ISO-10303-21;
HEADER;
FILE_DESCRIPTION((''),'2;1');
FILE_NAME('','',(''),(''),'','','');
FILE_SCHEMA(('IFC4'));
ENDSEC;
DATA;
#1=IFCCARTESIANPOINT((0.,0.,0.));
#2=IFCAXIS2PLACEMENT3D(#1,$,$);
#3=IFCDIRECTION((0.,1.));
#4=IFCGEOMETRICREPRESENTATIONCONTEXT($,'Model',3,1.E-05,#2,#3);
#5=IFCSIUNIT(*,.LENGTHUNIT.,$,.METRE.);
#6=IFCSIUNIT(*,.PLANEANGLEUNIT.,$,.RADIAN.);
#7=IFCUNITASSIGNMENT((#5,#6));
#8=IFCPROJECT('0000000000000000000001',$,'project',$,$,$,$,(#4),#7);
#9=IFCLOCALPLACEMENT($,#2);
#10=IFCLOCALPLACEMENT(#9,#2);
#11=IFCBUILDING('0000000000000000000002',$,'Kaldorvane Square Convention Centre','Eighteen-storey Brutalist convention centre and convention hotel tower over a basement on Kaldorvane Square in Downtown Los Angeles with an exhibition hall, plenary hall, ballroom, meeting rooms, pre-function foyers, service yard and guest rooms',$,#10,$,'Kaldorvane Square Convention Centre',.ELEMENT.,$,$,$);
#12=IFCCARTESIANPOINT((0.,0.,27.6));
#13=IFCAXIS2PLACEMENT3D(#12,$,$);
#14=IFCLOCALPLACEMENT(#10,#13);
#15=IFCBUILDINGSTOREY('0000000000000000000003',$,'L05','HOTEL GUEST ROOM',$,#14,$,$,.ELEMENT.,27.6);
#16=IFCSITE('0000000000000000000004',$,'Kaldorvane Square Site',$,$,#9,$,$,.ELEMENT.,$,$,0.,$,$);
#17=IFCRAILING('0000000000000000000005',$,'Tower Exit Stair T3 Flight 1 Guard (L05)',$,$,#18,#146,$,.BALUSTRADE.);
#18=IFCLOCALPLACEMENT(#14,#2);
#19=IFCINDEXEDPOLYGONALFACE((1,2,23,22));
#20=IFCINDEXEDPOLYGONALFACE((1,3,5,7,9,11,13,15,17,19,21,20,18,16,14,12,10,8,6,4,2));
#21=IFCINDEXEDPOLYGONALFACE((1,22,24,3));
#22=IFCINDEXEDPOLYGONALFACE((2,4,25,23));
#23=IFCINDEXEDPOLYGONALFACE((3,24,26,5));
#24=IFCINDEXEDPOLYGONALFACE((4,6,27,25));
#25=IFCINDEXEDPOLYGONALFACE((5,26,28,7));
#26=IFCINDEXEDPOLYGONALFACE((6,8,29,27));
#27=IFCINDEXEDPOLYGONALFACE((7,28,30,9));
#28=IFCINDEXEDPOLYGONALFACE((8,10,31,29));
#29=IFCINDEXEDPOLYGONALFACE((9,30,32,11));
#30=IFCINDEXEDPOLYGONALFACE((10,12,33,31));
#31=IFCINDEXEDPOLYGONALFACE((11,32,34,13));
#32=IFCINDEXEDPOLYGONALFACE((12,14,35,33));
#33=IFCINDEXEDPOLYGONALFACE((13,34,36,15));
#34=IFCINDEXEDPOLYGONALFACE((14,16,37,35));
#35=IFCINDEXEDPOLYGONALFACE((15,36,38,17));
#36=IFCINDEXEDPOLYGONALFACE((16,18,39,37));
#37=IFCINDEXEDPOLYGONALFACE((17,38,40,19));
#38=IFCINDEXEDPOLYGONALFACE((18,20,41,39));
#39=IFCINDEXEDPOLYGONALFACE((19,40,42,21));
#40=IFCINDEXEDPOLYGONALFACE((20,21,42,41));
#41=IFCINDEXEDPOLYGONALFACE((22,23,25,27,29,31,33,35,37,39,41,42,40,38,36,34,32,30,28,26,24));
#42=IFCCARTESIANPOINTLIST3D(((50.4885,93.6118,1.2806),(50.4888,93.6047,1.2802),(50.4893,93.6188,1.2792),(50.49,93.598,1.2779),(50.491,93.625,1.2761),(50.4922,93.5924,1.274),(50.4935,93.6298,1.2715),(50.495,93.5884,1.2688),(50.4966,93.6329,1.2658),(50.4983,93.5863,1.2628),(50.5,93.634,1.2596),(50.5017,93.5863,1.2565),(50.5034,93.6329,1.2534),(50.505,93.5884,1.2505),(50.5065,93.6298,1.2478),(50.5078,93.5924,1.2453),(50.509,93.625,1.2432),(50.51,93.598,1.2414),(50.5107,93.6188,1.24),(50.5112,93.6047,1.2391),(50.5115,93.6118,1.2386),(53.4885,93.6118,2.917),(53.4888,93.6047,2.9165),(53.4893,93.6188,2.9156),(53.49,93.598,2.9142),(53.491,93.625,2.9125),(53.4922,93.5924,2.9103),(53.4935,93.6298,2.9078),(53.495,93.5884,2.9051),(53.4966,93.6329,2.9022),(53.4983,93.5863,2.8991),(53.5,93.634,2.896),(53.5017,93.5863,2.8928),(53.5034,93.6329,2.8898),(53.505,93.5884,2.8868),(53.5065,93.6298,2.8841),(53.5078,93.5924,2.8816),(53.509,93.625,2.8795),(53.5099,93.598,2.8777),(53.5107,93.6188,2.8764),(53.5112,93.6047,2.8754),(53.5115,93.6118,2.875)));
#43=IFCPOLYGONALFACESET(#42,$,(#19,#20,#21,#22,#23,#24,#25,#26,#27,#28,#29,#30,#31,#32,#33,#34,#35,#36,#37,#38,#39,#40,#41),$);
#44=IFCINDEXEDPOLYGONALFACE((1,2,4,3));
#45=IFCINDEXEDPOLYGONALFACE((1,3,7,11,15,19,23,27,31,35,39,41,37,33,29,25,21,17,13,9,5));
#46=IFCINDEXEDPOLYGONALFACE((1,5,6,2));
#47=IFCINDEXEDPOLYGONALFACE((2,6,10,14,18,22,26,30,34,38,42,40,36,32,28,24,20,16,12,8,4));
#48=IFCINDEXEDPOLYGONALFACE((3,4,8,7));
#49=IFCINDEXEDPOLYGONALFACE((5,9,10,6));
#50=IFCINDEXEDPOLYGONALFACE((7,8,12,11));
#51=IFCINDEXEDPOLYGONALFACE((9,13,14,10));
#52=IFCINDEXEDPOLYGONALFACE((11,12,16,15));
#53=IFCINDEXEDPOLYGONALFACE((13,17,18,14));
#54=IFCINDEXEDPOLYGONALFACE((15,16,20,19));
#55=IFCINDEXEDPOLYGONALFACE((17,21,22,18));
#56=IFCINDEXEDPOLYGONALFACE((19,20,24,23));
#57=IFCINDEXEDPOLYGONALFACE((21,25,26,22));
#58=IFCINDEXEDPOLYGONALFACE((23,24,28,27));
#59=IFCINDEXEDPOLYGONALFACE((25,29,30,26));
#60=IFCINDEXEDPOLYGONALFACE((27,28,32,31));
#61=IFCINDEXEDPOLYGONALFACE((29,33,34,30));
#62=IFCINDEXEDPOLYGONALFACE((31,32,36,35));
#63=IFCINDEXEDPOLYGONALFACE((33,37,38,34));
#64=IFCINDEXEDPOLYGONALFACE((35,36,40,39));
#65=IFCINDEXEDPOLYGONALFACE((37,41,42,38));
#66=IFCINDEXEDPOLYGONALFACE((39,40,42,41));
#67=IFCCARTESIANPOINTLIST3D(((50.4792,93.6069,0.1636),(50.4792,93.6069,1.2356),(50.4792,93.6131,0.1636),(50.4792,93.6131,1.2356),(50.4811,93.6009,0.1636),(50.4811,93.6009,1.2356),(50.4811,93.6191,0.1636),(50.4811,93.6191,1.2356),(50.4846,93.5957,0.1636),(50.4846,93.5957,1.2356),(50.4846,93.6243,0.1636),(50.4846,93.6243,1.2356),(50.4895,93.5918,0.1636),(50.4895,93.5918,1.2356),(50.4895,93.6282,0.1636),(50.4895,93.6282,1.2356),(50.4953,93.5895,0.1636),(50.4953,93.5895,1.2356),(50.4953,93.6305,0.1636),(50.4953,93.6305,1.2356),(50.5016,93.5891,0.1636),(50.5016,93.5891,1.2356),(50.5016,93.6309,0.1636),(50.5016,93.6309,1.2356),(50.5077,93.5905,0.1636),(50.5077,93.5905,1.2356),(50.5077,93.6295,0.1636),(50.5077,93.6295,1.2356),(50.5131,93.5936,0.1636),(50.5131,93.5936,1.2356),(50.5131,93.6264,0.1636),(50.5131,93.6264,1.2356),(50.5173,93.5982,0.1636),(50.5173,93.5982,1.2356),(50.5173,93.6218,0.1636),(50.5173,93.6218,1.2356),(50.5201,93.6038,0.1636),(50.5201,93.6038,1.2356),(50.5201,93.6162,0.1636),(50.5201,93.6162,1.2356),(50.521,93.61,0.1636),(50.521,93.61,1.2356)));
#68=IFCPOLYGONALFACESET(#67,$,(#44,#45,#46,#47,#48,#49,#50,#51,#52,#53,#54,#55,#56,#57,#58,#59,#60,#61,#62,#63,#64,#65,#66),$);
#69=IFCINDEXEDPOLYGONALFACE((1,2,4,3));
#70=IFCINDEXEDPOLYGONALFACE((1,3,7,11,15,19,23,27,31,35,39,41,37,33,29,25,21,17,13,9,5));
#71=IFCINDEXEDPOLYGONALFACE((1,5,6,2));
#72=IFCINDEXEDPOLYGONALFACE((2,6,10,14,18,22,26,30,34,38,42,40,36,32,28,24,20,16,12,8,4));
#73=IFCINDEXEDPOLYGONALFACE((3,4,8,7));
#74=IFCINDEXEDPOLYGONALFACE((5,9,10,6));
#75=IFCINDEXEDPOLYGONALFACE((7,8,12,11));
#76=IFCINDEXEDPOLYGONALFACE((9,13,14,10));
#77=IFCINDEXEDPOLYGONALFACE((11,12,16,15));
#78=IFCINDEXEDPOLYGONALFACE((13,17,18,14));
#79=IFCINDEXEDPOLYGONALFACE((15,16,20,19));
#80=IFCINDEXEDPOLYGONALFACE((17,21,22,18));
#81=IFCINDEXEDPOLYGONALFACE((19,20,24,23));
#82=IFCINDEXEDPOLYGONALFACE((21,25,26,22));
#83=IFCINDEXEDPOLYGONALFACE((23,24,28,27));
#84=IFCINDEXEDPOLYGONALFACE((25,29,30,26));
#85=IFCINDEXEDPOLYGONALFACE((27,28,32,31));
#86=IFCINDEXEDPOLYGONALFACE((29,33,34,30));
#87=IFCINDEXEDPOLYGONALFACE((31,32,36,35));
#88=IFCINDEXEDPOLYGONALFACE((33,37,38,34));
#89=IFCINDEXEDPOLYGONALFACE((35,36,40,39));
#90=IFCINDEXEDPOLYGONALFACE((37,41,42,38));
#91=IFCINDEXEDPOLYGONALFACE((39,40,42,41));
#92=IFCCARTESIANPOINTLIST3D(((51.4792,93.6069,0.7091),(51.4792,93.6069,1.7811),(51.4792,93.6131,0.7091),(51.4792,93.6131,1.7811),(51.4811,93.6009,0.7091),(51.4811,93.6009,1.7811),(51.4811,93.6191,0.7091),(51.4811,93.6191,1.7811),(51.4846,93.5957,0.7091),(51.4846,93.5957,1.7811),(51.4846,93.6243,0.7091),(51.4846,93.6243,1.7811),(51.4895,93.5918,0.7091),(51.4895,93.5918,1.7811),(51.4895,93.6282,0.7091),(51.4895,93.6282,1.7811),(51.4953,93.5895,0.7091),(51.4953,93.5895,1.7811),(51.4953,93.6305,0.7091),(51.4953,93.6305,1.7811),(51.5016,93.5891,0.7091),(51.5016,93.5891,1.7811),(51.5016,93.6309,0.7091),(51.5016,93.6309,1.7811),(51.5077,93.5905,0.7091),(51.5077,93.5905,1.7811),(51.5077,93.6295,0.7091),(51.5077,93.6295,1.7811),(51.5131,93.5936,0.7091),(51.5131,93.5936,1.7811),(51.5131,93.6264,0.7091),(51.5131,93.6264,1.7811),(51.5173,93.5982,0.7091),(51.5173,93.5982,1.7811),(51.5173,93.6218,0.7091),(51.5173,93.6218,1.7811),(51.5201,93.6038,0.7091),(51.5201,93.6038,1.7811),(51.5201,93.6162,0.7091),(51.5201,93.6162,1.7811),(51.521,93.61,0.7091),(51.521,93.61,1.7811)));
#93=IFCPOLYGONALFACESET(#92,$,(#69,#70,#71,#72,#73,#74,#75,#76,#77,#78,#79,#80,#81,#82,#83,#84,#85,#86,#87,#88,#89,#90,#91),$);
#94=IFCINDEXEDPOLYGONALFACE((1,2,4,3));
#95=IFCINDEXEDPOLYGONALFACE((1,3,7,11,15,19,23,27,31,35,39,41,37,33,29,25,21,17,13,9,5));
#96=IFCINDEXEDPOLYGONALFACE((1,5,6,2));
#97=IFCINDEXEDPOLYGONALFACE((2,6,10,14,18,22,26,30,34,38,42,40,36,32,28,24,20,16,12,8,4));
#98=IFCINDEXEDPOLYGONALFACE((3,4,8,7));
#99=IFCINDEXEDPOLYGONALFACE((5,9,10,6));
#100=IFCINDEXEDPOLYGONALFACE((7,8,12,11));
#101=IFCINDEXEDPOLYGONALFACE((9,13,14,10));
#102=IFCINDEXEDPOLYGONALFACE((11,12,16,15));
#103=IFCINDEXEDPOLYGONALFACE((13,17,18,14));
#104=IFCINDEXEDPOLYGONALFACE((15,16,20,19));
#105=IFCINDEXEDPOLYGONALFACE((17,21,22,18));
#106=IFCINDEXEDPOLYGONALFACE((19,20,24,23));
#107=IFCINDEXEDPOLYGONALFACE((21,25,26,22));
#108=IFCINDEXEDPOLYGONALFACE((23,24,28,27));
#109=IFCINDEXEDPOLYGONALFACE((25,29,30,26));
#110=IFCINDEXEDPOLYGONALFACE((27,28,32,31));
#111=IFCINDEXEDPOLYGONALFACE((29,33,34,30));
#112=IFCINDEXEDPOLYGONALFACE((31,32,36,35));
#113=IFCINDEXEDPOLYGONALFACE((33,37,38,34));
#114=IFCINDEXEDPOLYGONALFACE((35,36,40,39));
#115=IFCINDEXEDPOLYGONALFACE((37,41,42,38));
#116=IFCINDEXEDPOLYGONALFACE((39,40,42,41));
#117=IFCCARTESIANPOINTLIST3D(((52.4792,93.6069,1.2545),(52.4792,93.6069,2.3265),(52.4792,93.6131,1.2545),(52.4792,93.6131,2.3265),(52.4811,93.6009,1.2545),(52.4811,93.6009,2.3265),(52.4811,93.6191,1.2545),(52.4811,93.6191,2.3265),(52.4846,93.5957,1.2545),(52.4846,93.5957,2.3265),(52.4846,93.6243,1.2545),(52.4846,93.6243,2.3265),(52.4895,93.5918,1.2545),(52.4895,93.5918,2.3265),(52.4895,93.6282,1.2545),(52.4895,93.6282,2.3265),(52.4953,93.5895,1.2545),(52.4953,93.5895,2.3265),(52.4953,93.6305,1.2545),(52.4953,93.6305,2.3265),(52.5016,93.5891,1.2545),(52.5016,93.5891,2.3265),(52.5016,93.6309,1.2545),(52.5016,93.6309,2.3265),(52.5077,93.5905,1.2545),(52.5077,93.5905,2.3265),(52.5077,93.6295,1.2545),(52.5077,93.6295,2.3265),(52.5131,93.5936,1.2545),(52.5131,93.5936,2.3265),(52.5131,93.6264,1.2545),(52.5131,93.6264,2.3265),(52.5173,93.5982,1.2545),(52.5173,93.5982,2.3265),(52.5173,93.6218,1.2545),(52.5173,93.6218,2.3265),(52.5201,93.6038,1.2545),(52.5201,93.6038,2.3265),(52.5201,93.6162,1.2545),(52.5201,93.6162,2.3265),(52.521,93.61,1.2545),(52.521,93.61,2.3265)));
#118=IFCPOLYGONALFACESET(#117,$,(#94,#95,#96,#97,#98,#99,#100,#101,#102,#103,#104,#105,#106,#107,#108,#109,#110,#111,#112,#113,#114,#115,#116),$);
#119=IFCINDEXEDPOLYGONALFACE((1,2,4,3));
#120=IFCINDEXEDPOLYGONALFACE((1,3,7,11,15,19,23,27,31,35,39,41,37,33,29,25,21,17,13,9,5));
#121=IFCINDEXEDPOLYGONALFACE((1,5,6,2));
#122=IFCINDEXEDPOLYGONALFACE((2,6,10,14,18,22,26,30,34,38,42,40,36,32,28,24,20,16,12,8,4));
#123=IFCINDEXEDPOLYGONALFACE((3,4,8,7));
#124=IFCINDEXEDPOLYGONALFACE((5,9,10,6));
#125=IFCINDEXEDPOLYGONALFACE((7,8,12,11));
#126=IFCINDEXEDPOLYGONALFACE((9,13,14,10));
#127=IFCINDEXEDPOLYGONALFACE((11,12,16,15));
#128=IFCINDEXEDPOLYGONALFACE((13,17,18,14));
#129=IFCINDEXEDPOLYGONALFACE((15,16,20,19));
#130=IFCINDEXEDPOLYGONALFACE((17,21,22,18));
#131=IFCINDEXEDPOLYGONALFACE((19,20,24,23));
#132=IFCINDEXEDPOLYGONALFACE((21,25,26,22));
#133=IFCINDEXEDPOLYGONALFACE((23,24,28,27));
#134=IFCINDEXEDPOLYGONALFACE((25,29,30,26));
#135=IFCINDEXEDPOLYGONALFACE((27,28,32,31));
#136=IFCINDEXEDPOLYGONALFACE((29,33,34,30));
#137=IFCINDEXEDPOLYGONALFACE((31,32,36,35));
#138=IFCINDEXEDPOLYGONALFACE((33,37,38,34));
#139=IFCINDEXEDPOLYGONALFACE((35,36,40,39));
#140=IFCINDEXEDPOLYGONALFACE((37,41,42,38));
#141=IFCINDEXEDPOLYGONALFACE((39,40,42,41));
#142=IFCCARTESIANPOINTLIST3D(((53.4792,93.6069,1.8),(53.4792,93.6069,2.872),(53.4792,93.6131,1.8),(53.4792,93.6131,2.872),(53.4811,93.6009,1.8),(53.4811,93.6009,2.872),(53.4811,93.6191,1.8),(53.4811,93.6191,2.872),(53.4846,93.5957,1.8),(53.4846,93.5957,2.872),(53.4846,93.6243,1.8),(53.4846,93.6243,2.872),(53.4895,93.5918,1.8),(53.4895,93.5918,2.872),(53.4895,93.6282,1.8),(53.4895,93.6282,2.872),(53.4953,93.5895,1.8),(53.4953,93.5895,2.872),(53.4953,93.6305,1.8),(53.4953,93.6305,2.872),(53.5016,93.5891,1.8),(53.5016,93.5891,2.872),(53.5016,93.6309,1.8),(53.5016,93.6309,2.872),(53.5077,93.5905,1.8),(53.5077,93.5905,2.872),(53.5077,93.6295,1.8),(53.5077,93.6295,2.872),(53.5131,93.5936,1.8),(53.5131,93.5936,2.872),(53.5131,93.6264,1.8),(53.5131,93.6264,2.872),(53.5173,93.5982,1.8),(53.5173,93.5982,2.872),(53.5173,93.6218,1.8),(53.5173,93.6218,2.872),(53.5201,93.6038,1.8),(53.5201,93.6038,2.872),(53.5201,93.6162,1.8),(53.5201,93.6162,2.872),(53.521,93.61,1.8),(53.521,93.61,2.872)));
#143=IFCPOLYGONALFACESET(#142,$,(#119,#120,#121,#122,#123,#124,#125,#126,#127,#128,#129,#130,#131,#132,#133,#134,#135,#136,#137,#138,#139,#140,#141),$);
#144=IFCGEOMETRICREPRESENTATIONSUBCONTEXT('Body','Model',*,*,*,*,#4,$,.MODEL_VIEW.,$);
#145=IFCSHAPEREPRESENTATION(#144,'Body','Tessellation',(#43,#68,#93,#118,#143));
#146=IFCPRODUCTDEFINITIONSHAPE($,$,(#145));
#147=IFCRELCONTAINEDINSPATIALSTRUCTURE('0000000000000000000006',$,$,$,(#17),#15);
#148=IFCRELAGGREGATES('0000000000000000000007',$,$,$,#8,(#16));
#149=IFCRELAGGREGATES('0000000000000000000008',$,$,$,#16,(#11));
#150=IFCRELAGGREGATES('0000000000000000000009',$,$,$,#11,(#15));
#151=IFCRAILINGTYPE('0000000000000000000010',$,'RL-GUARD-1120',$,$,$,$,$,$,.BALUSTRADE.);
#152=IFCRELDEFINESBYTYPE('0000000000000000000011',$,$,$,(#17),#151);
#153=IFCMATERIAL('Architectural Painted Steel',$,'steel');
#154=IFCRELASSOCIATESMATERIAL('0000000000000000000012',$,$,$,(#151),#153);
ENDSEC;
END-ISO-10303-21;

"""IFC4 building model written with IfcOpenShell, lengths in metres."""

from ifc_helpers import new_model, si_unit, direction, frame, origin, origin_2d, place, context, subcontext, project, spatial, circle, extrude, material, type_object, element, save


model = new_model("IFC4")

# Units and contexts
model_context = context("Model", 3, precision=1e-05, world=origin(), true_north=direction((0.0, 1.0)))
body_context = subcontext(model_context, "Body", "Model", "MODEL_VIEW")
ifc_project = project(units=[si_unit("LENGTHUNIT", "METRE"), si_unit("PLANEANGLEUNIT", "RADIAN")], contexts=[model_context])

# Site, building, storey
site_placement = place(None, origin())
site = spatial("IfcSite", under=ifc_project, at=site_placement, Name="Kaldorvane Square Site", CompositionType="ELEMENT", RefElevation=0.0)
building_placement = place(site_placement, origin())
building = spatial("IfcBuilding", under=site, at=building_placement, Name="Kaldorvane Square Convention Centre", Description="Eighteen-storey Brutalist convention centre and convention hotel tower over a basement on Kaldorvane Square in Downtown Los Angeles with an exhibition hall, plenary hall, ballroom, meeting rooms, pre-function foyers, service yard and guest rooms", LongName="Kaldorvane Square Convention Centre", CompositionType="ELEMENT")
storey_placement = place(building_placement, frame((0.0, 0.0, 27.6)))
storey = spatial("IfcBuildingStorey", under=building, at=storey_placement, Name="L05", Description="HOTEL GUEST ROOM", CompositionType="ELEMENT", Elevation=27.6)

# Railing
ifc_material_1 = material(Name="Architectural Painted Steel", Category="steel")
railing_type_1 = type_object("IfcRailingType", Name="RL-GUARD-1120", PredefinedType="BALUSTRADE", material=ifc_material_1)
railing_1_placement = place(storey_placement, frame((50.5, 93.61, 0.1636)))
element("IfcRailing", 1, at=railing_1_placement, inside=storey, type_object=railing_type_1, Name="Tower Exit Stair T3 Flight 1 Guard (L05)", PredefinedType="BALUSTRADE", context=body_context, shape_type="SweptSolid", body=[
    extrude(circle(Radius=0.024, at=origin_2d()), frame((0.0, 0.0, 1.096), z_axis=(0.877897, 0.0, 0.47885), x_axis=(0.0, 1.0, 0.0)), (0.0, 0.0, 1.0), 3.4173),
    extrude(circle(Radius=0.021, at=origin_2d()), origin(), (0.0, 0.0, 1.0), 1.072),
    extrude(circle(Radius=0.021, at=origin_2d()), frame((1.0, 0.0, 0.5455)), (0.0, 0.0, 1.0), 1.072),
    extrude(circle(Radius=0.021, at=origin_2d()), frame((2.0, 0.0, 1.0909)), (0.0, 0.0, 1.0), 1.072),
    extrude(circle(Radius=0.021, at=origin_2d()), frame((3.0, 0.0, 1.6364)), (0.0, 0.0, 1.0), 1.072),
])

save(model, "model.ifc")
